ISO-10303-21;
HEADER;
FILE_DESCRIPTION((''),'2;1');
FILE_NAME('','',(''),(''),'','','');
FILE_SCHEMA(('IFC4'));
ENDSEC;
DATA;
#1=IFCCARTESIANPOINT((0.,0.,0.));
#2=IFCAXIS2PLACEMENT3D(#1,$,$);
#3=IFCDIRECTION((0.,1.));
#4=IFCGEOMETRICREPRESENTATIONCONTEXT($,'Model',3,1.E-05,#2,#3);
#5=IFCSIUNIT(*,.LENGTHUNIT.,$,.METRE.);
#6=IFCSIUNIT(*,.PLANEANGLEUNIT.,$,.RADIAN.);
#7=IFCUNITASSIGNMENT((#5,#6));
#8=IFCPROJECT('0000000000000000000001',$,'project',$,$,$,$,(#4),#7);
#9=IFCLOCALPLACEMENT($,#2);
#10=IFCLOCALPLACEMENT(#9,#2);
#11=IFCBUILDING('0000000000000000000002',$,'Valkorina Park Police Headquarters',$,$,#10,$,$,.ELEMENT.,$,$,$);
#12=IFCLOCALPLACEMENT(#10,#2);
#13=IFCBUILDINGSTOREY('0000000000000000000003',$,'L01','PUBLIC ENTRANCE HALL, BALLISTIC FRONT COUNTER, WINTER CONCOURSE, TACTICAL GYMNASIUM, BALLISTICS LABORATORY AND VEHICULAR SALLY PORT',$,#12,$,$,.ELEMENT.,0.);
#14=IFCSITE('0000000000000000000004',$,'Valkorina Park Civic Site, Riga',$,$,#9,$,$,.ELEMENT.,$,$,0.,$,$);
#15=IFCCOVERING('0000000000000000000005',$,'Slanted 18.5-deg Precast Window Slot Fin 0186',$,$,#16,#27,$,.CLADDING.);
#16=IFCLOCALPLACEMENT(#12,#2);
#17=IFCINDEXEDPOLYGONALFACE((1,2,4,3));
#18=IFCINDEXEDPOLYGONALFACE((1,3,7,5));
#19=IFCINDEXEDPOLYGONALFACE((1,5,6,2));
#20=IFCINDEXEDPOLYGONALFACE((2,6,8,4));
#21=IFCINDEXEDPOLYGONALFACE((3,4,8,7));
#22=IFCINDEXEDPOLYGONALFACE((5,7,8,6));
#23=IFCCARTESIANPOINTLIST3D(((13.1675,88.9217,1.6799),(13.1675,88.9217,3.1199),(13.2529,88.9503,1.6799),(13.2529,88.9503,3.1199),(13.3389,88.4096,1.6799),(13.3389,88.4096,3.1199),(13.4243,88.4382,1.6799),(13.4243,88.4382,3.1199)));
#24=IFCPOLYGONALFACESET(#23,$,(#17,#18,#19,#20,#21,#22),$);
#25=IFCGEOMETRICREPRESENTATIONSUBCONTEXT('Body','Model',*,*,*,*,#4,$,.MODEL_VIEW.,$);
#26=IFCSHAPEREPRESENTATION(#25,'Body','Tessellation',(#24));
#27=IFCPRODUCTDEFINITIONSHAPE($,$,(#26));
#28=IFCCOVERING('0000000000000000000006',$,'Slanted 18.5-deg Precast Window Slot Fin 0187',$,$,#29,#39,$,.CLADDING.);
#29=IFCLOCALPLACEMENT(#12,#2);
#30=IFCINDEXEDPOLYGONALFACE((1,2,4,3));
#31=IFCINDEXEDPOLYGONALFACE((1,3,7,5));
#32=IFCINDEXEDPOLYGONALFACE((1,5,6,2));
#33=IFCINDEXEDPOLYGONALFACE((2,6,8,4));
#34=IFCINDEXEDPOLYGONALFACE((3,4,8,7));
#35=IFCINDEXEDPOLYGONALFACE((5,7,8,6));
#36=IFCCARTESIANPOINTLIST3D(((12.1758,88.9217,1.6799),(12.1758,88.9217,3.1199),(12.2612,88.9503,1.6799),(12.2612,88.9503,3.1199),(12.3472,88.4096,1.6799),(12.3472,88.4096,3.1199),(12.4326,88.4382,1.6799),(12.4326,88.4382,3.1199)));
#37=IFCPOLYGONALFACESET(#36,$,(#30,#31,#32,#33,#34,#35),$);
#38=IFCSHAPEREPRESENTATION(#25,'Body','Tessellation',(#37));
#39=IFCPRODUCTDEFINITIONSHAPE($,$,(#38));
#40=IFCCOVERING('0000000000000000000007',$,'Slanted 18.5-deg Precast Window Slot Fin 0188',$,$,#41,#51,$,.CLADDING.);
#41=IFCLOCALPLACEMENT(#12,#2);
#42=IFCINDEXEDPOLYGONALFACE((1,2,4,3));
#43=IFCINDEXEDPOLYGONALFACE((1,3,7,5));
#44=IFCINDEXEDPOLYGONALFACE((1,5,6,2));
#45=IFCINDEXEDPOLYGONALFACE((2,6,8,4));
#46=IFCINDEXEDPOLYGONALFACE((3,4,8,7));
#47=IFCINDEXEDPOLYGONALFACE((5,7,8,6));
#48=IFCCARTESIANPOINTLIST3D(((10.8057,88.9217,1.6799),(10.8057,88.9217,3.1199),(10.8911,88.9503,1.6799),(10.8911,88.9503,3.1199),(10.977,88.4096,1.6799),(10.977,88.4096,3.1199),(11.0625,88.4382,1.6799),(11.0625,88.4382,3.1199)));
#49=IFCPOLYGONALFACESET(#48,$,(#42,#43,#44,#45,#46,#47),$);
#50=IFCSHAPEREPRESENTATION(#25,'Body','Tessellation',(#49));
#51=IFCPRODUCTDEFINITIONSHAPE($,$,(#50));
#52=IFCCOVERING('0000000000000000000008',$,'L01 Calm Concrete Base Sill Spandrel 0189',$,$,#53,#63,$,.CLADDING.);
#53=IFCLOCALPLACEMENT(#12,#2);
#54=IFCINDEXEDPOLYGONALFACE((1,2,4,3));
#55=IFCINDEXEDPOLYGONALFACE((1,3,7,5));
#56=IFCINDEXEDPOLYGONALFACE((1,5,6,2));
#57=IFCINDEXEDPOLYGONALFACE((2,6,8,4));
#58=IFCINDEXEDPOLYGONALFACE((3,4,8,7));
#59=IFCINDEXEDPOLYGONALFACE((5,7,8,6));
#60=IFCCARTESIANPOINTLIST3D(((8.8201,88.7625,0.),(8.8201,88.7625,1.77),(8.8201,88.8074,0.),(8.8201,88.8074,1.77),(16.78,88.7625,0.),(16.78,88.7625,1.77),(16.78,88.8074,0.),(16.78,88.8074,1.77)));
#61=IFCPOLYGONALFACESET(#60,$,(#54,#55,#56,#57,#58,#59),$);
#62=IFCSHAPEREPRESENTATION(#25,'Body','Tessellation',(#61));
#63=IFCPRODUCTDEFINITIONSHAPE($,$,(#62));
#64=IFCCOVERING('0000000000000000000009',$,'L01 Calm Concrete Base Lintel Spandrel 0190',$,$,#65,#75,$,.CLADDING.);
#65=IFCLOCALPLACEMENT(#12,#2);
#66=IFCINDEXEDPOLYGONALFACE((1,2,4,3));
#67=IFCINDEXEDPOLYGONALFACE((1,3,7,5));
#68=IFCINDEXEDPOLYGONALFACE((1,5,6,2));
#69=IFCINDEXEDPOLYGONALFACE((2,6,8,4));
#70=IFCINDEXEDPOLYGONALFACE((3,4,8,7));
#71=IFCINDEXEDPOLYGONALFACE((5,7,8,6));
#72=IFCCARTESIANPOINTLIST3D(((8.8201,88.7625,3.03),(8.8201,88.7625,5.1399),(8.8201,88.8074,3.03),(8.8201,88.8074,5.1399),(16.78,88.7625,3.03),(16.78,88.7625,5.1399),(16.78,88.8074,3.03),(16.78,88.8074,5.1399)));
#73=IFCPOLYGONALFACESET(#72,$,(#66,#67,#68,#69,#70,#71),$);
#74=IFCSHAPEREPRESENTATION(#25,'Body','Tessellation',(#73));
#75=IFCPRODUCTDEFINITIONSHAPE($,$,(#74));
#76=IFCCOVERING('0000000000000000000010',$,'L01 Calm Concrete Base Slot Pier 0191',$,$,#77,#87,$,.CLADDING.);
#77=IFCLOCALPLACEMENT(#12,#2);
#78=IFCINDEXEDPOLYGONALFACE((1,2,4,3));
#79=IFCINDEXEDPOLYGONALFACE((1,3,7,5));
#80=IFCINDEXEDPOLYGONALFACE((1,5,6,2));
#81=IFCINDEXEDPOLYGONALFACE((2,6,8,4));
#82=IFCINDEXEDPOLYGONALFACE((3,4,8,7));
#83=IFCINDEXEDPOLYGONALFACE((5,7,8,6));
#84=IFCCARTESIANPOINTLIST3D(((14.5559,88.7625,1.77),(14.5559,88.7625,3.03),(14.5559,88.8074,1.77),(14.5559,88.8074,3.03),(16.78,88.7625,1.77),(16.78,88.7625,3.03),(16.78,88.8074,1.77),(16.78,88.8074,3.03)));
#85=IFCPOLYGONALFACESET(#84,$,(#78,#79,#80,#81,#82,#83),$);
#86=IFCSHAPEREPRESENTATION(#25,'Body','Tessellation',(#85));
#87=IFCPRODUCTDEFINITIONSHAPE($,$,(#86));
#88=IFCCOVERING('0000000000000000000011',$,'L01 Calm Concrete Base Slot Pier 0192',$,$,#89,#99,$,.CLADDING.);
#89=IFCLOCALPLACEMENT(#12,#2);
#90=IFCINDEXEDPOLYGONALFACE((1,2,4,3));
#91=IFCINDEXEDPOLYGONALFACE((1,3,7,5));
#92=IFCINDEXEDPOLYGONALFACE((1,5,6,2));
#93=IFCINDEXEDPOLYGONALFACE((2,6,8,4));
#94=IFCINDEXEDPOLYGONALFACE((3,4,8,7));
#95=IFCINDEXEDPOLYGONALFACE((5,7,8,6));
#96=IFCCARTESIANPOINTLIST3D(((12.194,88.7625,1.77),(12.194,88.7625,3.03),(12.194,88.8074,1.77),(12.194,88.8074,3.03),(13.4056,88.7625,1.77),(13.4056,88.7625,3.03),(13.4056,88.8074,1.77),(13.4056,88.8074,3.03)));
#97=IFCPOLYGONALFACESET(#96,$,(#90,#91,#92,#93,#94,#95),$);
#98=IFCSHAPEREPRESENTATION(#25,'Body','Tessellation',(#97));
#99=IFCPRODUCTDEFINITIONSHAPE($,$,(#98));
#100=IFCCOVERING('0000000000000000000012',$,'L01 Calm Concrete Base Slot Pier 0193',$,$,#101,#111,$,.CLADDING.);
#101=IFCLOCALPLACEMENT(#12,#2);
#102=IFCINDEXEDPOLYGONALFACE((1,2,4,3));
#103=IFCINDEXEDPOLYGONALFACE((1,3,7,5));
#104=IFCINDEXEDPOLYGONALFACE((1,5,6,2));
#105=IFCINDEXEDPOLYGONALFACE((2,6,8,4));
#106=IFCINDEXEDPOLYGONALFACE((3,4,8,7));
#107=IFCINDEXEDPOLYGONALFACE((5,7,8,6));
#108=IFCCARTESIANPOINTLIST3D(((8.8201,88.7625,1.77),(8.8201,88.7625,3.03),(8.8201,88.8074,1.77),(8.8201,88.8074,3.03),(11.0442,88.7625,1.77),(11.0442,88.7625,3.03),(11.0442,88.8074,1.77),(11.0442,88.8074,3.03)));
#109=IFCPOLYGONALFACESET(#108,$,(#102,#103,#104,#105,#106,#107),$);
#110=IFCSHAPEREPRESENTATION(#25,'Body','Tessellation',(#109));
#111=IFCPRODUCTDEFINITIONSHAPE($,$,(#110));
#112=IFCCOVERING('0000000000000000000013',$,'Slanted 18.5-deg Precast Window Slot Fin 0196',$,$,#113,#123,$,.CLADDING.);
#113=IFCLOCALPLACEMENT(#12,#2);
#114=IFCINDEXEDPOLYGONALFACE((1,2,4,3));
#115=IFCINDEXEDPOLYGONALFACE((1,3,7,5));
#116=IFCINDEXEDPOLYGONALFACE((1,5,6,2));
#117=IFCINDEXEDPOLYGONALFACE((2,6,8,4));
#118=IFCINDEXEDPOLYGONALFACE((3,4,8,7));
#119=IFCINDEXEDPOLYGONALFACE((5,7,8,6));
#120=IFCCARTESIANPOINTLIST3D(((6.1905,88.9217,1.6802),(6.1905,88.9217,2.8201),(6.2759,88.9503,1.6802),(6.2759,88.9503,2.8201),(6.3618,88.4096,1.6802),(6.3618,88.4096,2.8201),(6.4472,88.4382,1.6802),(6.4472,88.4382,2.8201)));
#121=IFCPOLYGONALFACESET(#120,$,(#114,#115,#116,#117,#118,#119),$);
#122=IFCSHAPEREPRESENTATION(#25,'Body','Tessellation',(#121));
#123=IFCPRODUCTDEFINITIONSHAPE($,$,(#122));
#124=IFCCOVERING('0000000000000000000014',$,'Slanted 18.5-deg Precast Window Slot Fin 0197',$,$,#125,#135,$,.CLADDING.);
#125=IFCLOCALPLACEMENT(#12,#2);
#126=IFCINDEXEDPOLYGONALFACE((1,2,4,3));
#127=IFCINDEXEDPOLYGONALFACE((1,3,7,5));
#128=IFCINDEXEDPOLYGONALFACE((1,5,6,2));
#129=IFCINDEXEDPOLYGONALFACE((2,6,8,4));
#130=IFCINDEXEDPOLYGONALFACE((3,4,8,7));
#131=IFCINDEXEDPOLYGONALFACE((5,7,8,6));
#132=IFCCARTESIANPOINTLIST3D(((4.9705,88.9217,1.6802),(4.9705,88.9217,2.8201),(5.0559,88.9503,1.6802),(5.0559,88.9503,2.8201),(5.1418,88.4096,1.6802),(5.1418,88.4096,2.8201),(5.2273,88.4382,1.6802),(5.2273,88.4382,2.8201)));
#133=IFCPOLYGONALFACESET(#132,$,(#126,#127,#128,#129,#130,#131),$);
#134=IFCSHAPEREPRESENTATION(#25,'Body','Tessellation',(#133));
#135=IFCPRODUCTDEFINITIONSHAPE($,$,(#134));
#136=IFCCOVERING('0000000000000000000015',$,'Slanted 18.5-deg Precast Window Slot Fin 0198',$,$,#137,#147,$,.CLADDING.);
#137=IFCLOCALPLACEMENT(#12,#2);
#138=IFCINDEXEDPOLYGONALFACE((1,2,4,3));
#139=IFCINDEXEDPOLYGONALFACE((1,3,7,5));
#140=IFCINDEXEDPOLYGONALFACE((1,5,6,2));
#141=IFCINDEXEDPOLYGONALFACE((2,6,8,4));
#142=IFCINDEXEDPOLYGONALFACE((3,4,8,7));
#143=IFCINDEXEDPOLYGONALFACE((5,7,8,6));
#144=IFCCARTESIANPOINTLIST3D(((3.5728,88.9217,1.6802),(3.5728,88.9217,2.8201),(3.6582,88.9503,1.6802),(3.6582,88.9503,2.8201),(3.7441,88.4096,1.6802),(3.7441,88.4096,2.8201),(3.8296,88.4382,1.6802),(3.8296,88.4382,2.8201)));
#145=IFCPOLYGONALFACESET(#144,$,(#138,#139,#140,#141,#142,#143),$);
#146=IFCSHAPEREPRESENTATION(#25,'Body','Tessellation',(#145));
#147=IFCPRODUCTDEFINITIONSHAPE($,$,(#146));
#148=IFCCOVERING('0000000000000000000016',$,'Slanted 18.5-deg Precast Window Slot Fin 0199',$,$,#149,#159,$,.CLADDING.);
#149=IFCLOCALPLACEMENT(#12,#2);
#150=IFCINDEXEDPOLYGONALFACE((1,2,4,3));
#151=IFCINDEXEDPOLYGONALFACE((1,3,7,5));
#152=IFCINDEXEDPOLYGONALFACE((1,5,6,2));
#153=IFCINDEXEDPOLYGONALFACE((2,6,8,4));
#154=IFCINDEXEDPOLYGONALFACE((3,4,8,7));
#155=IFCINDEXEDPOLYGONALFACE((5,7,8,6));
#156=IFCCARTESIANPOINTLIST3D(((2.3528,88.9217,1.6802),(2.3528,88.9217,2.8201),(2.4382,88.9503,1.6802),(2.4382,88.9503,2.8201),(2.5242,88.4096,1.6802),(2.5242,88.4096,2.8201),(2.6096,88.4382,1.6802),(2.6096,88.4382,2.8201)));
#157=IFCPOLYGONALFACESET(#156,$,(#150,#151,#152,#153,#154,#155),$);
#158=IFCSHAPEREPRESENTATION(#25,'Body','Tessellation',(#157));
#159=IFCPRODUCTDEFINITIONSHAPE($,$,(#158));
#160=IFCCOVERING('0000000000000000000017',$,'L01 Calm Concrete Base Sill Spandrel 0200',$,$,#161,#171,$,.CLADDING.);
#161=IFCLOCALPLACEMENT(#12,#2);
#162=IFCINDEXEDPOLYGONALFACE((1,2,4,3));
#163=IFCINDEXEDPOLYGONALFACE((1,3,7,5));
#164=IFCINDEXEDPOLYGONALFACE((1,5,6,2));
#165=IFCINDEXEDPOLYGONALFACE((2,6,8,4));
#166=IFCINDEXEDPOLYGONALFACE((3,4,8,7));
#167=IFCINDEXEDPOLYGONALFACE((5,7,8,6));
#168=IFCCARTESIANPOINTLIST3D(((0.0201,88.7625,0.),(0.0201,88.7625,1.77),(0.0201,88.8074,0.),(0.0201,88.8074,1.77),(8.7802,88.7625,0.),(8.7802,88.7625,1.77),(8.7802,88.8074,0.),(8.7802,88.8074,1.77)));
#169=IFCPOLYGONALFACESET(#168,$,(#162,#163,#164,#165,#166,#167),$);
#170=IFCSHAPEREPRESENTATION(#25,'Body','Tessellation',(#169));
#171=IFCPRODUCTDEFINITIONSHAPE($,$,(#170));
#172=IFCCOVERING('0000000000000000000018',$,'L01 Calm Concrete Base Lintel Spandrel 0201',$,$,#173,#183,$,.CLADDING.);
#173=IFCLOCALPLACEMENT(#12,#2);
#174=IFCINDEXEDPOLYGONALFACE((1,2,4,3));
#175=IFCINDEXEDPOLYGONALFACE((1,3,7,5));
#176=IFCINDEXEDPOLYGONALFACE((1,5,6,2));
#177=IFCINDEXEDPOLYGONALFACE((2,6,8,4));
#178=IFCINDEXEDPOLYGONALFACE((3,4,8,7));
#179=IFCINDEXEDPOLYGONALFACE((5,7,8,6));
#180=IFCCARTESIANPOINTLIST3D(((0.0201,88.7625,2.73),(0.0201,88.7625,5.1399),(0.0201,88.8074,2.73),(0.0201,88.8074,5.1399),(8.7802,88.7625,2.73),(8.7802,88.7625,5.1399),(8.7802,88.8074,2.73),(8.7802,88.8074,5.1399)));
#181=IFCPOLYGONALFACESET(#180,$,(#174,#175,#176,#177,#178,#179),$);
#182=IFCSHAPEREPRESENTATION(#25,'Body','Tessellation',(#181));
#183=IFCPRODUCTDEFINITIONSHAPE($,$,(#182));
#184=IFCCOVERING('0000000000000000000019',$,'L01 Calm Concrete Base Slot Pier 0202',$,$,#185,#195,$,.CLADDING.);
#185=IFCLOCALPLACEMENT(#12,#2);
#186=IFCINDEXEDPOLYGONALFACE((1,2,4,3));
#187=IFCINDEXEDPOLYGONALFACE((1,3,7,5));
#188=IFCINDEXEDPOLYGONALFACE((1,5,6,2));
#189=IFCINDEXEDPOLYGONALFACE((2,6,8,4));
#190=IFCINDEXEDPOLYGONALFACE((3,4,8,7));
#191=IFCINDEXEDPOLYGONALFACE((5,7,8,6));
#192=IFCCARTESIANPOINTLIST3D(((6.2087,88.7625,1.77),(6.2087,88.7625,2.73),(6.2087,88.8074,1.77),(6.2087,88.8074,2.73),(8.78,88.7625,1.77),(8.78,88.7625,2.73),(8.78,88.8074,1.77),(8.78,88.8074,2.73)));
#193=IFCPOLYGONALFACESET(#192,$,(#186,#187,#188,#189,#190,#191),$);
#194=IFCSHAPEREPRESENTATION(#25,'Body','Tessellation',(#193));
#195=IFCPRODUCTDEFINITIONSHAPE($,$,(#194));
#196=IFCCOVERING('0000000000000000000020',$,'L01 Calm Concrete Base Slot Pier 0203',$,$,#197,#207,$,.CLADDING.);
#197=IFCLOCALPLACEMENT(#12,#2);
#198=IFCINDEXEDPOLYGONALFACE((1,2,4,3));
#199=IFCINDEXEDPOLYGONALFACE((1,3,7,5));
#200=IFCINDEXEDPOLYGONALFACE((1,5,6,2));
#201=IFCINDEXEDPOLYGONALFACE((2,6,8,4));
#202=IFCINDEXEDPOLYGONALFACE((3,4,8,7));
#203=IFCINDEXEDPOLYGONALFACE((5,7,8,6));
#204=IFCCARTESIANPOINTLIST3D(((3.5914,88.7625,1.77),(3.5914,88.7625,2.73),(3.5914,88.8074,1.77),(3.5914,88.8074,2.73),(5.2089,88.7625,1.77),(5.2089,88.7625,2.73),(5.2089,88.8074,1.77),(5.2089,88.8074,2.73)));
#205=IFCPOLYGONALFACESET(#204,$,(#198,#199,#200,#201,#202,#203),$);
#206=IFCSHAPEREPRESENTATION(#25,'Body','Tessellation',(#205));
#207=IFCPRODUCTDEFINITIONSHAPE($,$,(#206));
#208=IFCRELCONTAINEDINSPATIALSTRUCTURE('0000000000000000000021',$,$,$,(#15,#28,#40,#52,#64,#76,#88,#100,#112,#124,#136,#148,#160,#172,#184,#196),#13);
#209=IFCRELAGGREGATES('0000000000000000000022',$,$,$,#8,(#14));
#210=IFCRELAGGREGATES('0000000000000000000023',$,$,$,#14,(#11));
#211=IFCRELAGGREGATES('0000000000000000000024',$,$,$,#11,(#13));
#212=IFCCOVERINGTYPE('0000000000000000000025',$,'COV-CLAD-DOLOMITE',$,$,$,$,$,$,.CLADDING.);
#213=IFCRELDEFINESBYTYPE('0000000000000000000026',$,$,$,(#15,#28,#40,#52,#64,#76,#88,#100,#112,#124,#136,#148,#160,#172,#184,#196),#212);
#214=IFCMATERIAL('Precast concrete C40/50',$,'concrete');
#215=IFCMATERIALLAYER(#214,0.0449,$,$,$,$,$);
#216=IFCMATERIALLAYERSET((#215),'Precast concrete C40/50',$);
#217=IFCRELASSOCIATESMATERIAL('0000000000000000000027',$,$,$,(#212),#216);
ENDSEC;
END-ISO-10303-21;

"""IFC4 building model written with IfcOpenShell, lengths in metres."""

from ifc_helpers import new_model, si_unit, direction, frame, frame_2d, origin, origin_2d, place, context, subcontext, project, spatial, rectangle, extrude, material, layer, layer_set, type_object, element, save


model = new_model("IFC4")

# Units and contexts
model_context = context("Model", 3, precision=1e-05, world=origin(), true_north=direction((0.0, 1.0)))
body_context = subcontext(model_context, "Body", "Model", "MODEL_VIEW")
ifc_project = project(units=[si_unit("LENGTHUNIT", "METRE"), si_unit("PLANEANGLEUNIT", "RADIAN")], contexts=[model_context])

# Site, building, storey
site_placement = place(None, origin())
site = spatial("IfcSite", under=ifc_project, at=site_placement, Name="Valkorina Park Civic Site, Riga", CompositionType="ELEMENT", RefElevation=0.0)
building_placement = place(site_placement, origin())
building = spatial("IfcBuilding", under=site, at=building_placement, Name="Valkorina Park Police Headquarters", CompositionType="ELEMENT")
storey_placement = place(building_placement, origin())
storey = spatial("IfcBuildingStorey", under=building, at=storey_placement, Name="L01", Description="PUBLIC ENTRANCE HALL, BALLISTIC FRONT COUNTER, WINTER CONCOURSE, TACTICAL GYMNASIUM, BALLISTICS LABORATORY AND VEHICULAR SALLY PORT", CompositionType="ELEMENT", Elevation=0.0)

# Coverings
ifc_material_1 = material(Name="Precast concrete C40/50", Category="concrete")
ifc_layer = layer(ifc_material_1, 0.0449)
ifc_layer_set = layer_set([ifc_layer], Name="Precast concrete C40/50")
covering_type = type_object("IfcCoveringType", Name="COV-CLAD-DOLOMITE", PredefinedType="CLADDING", material=ifc_layer_set)
for number, where, z_axis, x_axis, name in (
    (1, (13.2959, 88.6799, 1.6799), (0.0, 0.0, 1.0), (0.317305, -0.948324, 0.0), "Slanted 18.5-deg Precast Window Slot Fin 0186"),
    (2, (12.3042, 88.6799, 1.6799), (0.0, 0.0, 1.0), (0.317305, -0.948324, 0.0), "Slanted 18.5-deg Precast Window Slot Fin 0187"),
    (3, (10.9341, 88.6799, 1.6799), (0.0, 0.0, 1.0), (0.317305, -0.948324, 0.0), "Slanted 18.5-deg Precast Window Slot Fin 0188"),
):
    element("IfcCovering", number, at=place(storey_placement, frame(where, z_axis=z_axis, x_axis=x_axis)), inside=storey, type_object=covering_type, Name=name, PredefinedType="CLADDING", context=body_context, shape_type="SweptSolid", body=[
        extrude(rectangle(XDim=0.54, YDim=0.0901, at=origin_2d()), origin(), (0.0, 0.0, 1.0), 1.4399),
    ])
covering_1_placement = place(storey_placement, frame((16.78, 88.7849, 0.0), z_axis=(0.0, 0.0, 1.0), x_axis=(-1.0, 0.0, 0.0)))
element("IfcCovering", 4, at=covering_1_placement, inside=storey, type_object=covering_type, Name="L01 Calm Concrete Base Sill Spandrel 0189", PredefinedType="CLADDING", context=body_context, shape_type="SweptSolid", body=[
    extrude(rectangle(XDim=7.96, YDim=0.0449, at=frame_2d((3.98, 0.0))), origin(), (0.0, 0.0, 1.0), 1.77),
])
covering_2_placement = place(storey_placement, frame((16.78, 88.7849, 3.03), z_axis=(0.0, 0.0, 1.0), x_axis=(-1.0, 0.0, 0.0)))
element("IfcCovering", 5, at=covering_2_placement, inside=storey, type_object=covering_type, Name="L01 Calm Concrete Base Lintel Spandrel 0190", PredefinedType="CLADDING", context=body_context, shape_type="SweptSolid", body=[
    extrude(rectangle(XDim=7.96, YDim=0.0449, at=frame_2d((3.98, 0.0))), origin(), (0.0, 0.0, 1.0), 2.1099),
])
covering_3_placement = place(storey_placement, frame((16.78, 88.7849, 1.77), z_axis=(0.0, 0.0, 1.0), x_axis=(-1.0, 0.0, 0.0)))
element("IfcCovering", 6, at=covering_3_placement, inside=storey, type_object=covering_type, Name="L01 Calm Concrete Base Slot Pier 0191", PredefinedType="CLADDING", context=body_context, shape_type="SweptSolid", body=[
    extrude(rectangle(XDim=2.2241, YDim=0.0449, at=frame_2d((1.1121, 0.0))), origin(), (0.0, 0.0, 1.0), 1.26),
])
covering_4_placement = place(storey_placement, frame((13.4058, 88.7849, 1.77), z_axis=(0.0, 0.0, 1.0), x_axis=(-1.0, 0.0, 0.0)))
element("IfcCovering", 7, at=covering_4_placement, inside=storey, type_object=covering_type, Name="L01 Calm Concrete Base Slot Pier 0192", PredefinedType="CLADDING", context=body_context, shape_type="SweptSolid", body=[
    extrude(rectangle(XDim=1.2117, YDim=0.0449, at=frame_2d((0.606, 0.0))), origin(), (0.0, 0.0, 1.0), 1.26),
])
covering_5_placement = place(storey_placement, frame((11.0442, 88.7849, 1.77), z_axis=(0.0, 0.0, 1.0), x_axis=(-1.0, 0.0, 0.0)))
element("IfcCovering", 8, at=covering_5_placement, inside=storey, type_object=covering_type, Name="L01 Calm Concrete Base Slot Pier 0193", PredefinedType="CLADDING", context=body_context, shape_type="SweptSolid", body=[
    extrude(rectangle(XDim=2.2241, YDim=0.0449, at=frame_2d((1.1121, 0.0))), origin(), (0.0, 0.0, 1.0), 1.26),
])
for number, where, z_axis, x_axis, name in (
    (9, (6.3188, 88.6799, 1.6802), (0.0, 0.0, 1.0), (0.317305, -0.948324, 0.0), "Slanted 18.5-deg Precast Window Slot Fin 0196"),
    (10, (5.0989, 88.6799, 1.6802), (0.0, 0.0, 1.0), (0.317305, -0.948324, 0.0), "Slanted 18.5-deg Precast Window Slot Fin 0197"),
    (11, (3.7012, 88.6799, 1.6802), (0.0, 0.0, 1.0), (0.317305, -0.948324, 0.0), "Slanted 18.5-deg Precast Window Slot Fin 0198"),
    (12, (2.4812, 88.6799, 1.6802), (0.0, 0.0, 1.0), (0.317305, -0.948324, 0.0), "Slanted 18.5-deg Precast Window Slot Fin 0199"),
):
    element("IfcCovering", number, at=place(storey_placement, frame(where, z_axis=z_axis, x_axis=x_axis)), inside=storey, type_object=covering_type, Name=name, PredefinedType="CLADDING", context=body_context, shape_type="SweptSolid", body=[
        extrude(rectangle(XDim=0.54, YDim=0.0901, at=origin_2d()), origin(), (0.0, 0.0, 1.0), 1.1399),
    ])
covering_6_placement = place(storey_placement, frame((8.78, 88.7849, 0.0), z_axis=(0.0, 0.0, 1.0), x_axis=(-1.0, 0.0, 0.0)))
element("IfcCovering", 13, at=covering_6_placement, inside=storey, type_object=covering_type, Name="L01 Calm Concrete Base Sill Spandrel 0200", PredefinedType="CLADDING", context=body_context, shape_type="SweptSolid", body=[
    extrude(rectangle(XDim=8.76, YDim=0.0449, at=frame_2d((4.3799, 0.0))), origin(), (0.0, 0.0, 1.0), 1.77),
])
covering_7_placement = place(storey_placement, frame((8.78, 88.7849, 2.73), z_axis=(0.0, 0.0, 1.0), x_axis=(-1.0, 0.0, 0.0)))
element("IfcCovering", 14, at=covering_7_placement, inside=storey, type_object=covering_type, Name="L01 Calm Concrete Base Lintel Spandrel 0201", PredefinedType="CLADDING", context=body_context, shape_type="SweptSolid", body=[
    extrude(rectangle(XDim=8.76, YDim=0.0449, at=frame_2d((4.3799, 0.0))), origin(), (0.0, 0.0, 1.0), 2.4099),
])
covering_8_placement = place(storey_placement, frame((8.78, 88.7849, 1.77), z_axis=(0.0, 0.0, 1.0), x_axis=(-1.0, 0.0, 0.0)))
element("IfcCovering", 15, at=covering_8_placement, inside=storey, type_object=covering_type, Name="L01 Calm Concrete Base Slot Pier 0202", PredefinedType="CLADDING", context=body_context, shape_type="SweptSolid", body=[
    extrude(rectangle(XDim=2.5713, YDim=0.0449, at=frame_2d((1.2856, 0.0))), origin(), (0.0, 0.0, 1.0), 0.96),
])
covering_9_placement = place(storey_placement, frame((5.2087, 88.7849, 1.77), z_axis=(0.0, 0.0, 1.0), x_axis=(-1.0, 0.0, 0.0)))
element("IfcCovering", 16, at=covering_9_placement, inside=storey, type_object=covering_type, Name="L01 Calm Concrete Base Slot Pier 0203", PredefinedType="CLADDING", context=body_context, shape_type="SweptSolid", body=[
    extrude(rectangle(XDim=1.6174, YDim=0.0449, at=frame_2d((0.8086, 0.0))), origin(), (0.0, 0.0, 1.0), 0.96),
])

save(model, "model.ifc")
